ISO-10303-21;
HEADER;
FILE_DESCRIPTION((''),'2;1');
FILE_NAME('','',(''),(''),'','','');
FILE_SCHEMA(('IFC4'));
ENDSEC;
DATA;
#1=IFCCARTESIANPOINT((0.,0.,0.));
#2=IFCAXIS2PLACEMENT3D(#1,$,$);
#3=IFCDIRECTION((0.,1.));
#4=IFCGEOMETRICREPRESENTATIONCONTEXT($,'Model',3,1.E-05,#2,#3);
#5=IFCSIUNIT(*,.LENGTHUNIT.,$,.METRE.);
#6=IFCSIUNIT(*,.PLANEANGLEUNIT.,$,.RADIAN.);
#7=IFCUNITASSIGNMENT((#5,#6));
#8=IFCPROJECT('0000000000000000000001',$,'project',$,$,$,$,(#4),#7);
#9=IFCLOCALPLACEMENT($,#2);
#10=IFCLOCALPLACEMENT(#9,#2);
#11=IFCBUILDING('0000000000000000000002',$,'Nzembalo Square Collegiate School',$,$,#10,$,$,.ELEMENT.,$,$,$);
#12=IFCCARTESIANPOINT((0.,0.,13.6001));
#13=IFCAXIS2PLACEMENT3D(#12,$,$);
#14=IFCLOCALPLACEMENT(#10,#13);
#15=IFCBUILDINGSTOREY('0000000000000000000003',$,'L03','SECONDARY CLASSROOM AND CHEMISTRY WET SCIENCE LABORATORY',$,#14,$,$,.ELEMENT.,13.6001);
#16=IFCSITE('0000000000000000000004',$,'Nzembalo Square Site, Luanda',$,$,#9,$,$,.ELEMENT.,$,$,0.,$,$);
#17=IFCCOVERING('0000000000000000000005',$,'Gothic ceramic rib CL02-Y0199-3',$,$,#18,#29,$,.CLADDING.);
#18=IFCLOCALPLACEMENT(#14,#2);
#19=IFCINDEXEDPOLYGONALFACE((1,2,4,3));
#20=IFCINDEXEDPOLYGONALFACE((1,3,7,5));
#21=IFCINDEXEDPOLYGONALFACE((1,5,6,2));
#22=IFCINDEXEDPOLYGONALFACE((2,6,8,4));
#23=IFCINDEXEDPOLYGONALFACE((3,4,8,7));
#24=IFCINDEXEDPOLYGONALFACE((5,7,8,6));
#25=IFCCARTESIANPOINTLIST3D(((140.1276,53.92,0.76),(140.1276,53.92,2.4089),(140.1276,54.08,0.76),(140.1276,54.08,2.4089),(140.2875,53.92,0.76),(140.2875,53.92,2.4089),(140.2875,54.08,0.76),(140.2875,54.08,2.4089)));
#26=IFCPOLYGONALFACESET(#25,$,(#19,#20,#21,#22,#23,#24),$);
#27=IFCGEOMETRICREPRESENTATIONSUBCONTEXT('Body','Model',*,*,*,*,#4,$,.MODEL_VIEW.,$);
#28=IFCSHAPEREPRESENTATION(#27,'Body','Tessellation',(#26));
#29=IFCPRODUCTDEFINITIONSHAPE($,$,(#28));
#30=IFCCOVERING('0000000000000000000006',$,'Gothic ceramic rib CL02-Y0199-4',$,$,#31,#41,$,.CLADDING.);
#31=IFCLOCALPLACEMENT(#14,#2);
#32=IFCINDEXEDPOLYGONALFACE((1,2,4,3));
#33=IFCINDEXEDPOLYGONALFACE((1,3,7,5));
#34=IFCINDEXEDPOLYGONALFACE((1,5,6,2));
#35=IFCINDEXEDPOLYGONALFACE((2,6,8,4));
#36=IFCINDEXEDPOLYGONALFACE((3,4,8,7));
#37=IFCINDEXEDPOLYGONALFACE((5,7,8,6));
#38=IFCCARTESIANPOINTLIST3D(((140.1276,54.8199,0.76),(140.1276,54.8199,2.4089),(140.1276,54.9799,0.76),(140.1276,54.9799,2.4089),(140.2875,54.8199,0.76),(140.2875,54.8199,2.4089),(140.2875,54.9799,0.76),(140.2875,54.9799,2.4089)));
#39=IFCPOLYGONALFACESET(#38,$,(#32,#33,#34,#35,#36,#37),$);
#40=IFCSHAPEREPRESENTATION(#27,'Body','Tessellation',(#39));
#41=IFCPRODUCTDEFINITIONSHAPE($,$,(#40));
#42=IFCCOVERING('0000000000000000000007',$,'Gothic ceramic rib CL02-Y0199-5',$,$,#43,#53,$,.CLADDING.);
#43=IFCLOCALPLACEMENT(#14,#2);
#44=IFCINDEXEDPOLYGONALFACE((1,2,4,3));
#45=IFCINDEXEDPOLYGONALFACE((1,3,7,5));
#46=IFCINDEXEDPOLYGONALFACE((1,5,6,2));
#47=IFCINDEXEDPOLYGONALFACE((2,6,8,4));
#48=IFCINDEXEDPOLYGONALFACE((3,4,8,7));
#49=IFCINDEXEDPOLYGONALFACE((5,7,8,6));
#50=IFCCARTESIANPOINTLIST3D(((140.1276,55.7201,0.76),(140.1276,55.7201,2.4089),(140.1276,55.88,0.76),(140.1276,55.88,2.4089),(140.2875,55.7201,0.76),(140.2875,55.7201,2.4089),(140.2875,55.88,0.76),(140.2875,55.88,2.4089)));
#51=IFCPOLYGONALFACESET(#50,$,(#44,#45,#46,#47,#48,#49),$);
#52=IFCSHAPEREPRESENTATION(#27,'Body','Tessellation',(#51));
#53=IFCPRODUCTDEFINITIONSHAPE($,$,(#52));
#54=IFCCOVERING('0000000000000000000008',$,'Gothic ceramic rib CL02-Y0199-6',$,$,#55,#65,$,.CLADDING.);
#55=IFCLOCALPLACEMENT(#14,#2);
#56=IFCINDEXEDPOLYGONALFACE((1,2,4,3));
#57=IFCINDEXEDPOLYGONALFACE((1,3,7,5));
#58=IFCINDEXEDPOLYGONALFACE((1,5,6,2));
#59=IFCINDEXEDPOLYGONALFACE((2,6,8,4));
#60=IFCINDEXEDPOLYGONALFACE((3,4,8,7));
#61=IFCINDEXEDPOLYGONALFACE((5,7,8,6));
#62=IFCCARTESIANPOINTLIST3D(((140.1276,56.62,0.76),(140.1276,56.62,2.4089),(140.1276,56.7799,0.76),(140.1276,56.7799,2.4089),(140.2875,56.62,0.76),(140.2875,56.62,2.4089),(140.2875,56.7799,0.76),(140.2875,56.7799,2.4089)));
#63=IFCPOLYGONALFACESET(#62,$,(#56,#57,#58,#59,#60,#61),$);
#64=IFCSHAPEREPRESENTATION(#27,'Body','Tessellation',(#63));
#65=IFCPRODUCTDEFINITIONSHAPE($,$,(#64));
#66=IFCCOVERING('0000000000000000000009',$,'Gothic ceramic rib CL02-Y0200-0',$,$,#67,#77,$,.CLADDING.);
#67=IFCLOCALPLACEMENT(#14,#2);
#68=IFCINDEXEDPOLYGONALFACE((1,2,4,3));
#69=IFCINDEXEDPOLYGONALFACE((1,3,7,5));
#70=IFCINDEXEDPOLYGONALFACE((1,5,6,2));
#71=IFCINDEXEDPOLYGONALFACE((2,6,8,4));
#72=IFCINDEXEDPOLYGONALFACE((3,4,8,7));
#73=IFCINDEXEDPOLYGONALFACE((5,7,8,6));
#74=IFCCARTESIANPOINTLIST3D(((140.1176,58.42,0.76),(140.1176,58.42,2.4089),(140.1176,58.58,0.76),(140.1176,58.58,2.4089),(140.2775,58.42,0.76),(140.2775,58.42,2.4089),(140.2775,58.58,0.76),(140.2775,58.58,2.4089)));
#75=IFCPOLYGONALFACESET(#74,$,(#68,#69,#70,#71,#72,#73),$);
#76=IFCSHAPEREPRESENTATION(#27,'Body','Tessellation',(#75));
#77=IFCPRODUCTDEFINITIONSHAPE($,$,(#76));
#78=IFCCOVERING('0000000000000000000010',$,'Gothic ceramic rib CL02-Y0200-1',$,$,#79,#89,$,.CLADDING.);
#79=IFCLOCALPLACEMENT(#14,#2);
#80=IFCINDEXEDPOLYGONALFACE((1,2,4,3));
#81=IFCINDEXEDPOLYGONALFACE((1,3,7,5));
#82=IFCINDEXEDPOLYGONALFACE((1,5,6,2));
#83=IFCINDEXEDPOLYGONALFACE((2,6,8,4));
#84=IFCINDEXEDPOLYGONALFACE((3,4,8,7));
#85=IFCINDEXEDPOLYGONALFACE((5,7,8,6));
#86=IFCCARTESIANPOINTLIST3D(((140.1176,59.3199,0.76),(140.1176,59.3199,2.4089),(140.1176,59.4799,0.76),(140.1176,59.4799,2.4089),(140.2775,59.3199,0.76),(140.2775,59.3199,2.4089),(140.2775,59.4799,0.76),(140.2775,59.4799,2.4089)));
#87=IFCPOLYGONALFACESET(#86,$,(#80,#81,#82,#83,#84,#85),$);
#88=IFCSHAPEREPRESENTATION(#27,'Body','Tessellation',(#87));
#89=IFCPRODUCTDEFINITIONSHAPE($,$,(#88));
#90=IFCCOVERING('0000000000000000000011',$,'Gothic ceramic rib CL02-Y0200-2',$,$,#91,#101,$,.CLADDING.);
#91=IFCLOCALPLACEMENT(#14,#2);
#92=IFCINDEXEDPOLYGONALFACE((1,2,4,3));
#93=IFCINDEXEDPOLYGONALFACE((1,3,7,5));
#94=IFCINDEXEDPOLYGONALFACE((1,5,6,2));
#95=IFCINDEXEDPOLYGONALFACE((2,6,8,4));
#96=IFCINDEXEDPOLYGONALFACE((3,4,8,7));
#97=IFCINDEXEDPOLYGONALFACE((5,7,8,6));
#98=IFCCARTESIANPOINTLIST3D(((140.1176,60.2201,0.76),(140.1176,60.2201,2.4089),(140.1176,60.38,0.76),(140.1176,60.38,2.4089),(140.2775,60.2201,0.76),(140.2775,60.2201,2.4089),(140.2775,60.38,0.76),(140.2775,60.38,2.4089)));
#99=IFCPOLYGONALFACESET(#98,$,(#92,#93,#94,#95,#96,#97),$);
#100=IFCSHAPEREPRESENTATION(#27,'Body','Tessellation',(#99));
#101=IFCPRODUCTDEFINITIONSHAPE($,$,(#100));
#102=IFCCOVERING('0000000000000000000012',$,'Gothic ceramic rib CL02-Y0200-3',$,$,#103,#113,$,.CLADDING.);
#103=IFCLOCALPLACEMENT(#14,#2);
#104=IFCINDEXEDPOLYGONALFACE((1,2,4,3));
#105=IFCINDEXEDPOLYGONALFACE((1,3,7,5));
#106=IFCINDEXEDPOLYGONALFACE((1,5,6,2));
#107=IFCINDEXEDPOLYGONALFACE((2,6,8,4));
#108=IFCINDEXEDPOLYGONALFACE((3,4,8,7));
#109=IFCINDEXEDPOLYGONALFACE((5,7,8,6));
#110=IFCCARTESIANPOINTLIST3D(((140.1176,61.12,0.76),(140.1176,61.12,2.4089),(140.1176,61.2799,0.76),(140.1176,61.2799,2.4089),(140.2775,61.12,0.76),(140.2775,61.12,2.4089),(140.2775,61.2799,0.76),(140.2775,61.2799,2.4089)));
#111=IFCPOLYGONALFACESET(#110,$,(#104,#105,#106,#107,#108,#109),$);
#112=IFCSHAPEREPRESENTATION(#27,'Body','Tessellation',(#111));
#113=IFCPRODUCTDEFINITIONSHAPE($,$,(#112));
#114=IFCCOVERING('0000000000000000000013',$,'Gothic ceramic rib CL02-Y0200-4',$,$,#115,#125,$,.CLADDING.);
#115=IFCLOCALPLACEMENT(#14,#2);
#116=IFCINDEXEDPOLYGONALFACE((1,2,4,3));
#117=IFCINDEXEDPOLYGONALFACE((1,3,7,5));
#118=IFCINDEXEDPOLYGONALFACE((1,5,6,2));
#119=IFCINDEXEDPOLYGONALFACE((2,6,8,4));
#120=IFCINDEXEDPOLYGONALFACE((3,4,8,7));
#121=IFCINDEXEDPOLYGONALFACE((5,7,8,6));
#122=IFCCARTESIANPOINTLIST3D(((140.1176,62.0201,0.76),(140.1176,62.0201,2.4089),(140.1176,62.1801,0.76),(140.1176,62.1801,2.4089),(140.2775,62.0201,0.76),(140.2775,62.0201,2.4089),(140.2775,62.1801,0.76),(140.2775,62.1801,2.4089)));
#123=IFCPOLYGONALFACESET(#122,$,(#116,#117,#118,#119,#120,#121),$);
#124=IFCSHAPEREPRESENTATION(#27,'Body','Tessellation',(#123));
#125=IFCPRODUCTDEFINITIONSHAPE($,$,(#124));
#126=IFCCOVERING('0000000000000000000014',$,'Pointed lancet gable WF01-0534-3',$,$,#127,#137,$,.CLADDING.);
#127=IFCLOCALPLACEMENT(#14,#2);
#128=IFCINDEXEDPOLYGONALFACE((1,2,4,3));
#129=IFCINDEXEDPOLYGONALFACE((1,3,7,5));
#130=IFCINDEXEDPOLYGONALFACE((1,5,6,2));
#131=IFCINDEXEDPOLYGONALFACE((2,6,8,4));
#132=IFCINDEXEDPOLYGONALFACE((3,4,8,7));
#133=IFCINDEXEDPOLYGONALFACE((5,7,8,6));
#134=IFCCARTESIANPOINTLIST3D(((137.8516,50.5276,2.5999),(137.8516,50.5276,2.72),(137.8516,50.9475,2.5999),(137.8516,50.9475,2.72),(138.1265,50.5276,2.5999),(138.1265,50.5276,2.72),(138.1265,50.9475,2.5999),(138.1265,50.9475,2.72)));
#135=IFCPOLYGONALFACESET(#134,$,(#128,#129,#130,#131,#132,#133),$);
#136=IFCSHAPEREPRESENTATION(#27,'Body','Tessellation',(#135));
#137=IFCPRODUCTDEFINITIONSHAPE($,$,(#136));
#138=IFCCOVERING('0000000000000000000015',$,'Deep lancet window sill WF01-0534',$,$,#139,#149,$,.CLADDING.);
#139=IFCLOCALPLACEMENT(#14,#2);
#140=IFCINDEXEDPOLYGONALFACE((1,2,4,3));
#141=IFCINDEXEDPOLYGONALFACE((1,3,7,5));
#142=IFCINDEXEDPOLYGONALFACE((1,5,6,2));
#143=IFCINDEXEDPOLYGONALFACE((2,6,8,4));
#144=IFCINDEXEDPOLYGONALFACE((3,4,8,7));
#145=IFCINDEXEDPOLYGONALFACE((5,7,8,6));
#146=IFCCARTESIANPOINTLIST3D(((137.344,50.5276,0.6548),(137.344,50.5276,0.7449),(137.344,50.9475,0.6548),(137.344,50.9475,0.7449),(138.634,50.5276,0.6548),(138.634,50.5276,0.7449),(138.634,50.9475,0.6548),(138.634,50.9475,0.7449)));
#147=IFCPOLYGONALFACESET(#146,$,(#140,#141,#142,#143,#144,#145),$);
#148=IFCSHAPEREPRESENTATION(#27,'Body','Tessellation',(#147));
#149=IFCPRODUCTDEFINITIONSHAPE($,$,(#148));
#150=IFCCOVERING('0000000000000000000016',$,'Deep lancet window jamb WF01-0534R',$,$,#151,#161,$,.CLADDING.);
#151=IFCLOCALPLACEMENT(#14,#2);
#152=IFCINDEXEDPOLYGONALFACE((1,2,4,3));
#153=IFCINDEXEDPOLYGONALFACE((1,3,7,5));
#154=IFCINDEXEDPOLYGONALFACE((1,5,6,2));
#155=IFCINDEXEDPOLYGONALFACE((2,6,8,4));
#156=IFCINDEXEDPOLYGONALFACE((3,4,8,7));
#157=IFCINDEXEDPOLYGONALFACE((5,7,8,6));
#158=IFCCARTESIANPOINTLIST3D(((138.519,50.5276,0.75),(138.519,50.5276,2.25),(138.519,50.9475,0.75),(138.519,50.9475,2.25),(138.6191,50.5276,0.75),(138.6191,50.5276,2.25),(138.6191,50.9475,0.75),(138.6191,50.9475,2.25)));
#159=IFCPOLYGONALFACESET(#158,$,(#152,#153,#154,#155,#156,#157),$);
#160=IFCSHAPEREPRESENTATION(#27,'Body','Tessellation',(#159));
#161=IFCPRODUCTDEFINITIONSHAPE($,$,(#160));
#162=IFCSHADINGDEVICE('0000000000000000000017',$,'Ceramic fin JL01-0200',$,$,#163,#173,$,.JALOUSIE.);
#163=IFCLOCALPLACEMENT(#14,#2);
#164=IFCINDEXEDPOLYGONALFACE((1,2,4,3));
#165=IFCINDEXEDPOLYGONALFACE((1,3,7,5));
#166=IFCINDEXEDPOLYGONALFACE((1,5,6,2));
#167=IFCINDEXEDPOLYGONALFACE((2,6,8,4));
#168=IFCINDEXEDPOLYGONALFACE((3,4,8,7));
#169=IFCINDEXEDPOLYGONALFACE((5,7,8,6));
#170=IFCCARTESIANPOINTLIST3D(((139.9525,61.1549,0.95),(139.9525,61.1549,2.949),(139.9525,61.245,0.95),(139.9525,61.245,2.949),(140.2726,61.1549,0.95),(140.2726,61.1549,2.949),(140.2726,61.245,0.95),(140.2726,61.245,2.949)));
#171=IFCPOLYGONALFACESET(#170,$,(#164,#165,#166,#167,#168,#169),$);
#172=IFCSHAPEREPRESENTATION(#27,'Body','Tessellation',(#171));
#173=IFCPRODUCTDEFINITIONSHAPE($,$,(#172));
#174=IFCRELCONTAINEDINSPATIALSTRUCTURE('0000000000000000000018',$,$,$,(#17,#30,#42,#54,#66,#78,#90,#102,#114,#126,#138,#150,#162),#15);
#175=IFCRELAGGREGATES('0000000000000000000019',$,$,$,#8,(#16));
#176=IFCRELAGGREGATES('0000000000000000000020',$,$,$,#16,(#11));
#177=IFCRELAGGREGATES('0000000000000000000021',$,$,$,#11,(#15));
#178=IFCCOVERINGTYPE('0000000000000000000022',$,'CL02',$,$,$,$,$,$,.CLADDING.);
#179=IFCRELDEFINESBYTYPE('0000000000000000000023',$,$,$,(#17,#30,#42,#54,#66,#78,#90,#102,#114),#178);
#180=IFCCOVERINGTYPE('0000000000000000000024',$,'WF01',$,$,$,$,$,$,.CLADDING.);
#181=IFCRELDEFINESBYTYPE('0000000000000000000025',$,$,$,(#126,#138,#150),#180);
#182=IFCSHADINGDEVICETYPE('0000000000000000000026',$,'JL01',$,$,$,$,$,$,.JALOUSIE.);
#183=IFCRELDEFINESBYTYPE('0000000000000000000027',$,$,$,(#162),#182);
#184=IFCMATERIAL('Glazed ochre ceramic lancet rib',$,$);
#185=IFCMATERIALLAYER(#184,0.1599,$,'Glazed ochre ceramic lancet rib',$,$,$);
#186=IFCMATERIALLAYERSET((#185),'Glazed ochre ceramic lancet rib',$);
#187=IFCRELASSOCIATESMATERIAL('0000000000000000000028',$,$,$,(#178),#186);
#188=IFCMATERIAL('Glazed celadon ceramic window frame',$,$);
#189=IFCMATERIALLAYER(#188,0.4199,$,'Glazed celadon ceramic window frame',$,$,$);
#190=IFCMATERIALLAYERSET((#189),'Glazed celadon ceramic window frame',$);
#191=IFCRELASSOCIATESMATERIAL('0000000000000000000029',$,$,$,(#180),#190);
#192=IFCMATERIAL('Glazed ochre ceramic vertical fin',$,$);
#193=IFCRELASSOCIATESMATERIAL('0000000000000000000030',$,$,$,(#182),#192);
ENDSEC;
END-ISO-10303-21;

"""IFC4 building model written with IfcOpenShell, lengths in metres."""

from ifc_helpers import new_model, si_unit, direction, frame, origin, origin_2d, place, context, subcontext, project, spatial, rectangle, extrude, material, layer, layer_set, type_object, element, save


model = new_model("IFC4")

# Units and contexts
model_context = context("Model", 3, precision=1e-05, world=origin(), true_north=direction((0.0, 1.0)))
body_context = subcontext(model_context, "Body", "Model", "MODEL_VIEW")
ifc_project = project(units=[si_unit("LENGTHUNIT", "METRE"), si_unit("PLANEANGLEUNIT", "RADIAN")], contexts=[model_context])

# Site, building, storey
site_placement = place(None, origin())
site = spatial("IfcSite", under=ifc_project, at=site_placement, Name="Nzembalo Square Site, Luanda", CompositionType="ELEMENT", RefElevation=0.0)
building_placement = place(site_placement, origin())
building = spatial("IfcBuilding", under=site, at=building_placement, Name="Nzembalo Square Collegiate School", CompositionType="ELEMENT")
storey_placement = place(building_placement, frame((0.0, 0.0, 13.6001)))
storey = spatial("IfcBuildingStorey", under=building, at=storey_placement, Name="L03", Description="SECONDARY CLASSROOM AND CHEMISTRY WET SCIENCE LABORATORY", CompositionType="ELEMENT", Elevation=13.6001)

# Coverings
ifc_material_1 = material(Name="Glazed ochre ceramic lancet rib")
ifc_layer_1 = layer(ifc_material_1, 0.1599, Name="Glazed ochre ceramic lancet rib")
ifc_layer_set_1 = layer_set([ifc_layer_1], Name="Glazed ochre ceramic lancet rib")
covering_type_1 = type_object("IfcCoveringType", Name="CL02", PredefinedType="CLADDING", material=ifc_layer_set_1)
for number, where, z_axis, x_axis, name in (
    (1, (140.2075, 54.0, 0.76), (0.0, 0.0, 1.0), (1.0, 0.0, 0.0), "Gothic ceramic rib CL02-Y0199-3"),
    (2, (140.2075, 54.8999, 0.76), (0.0, 0.0, 1.0), (1.0, 0.0, 0.0), "Gothic ceramic rib CL02-Y0199-4"),
    (3, (140.2075, 55.8, 0.76), (0.0, 0.0, 1.0), (1.0, 0.0, 0.0), "Gothic ceramic rib CL02-Y0199-5"),
    (4, (140.2075, 56.7, 0.76), (0.0, 0.0, 1.0), (1.0, 0.0, 0.0), "Gothic ceramic rib CL02-Y0199-6"),
    (5, (140.1975, 58.5, 0.76), (0.0, 0.0, 1.0), (1.0, 0.0, 0.0), "Gothic ceramic rib CL02-Y0200-0"),
    (6, (140.1975, 59.3999, 0.76), (0.0, 0.0, 1.0), (1.0, 0.0, 0.0), "Gothic ceramic rib CL02-Y0200-1"),
    (7, (140.1975, 60.3, 0.76), (0.0, 0.0, 1.0), (1.0, 0.0, 0.0), "Gothic ceramic rib CL02-Y0200-2"),
    (8, (140.1975, 61.2, 0.76), (0.0, 0.0, 1.0), (1.0, 0.0, 0.0), "Gothic ceramic rib CL02-Y0200-3"),
    (9, (140.1975, 62.1001, 0.76), (0.0, 0.0, 1.0), (1.0, 0.0, 0.0), "Gothic ceramic rib CL02-Y0200-4"),
):
    element("IfcCovering", number, at=place(storey_placement, frame(where, z_axis=z_axis, x_axis=x_axis)), inside=storey, type_object=covering_type_1, Name=name, PredefinedType="CLADDING", context=body_context, shape_type="SweptSolid", body=[
        extrude(rectangle(XDim=0.1599, YDim=0.1599, at=origin_2d()), origin(), (0.0, 0.0, 1.0), 1.6489),
    ])
ifc_material_2 = material(Name="Glazed celadon ceramic window frame")
ifc_layer_2 = layer(ifc_material_2, 0.4199, Name="Glazed celadon ceramic window frame")
ifc_layer_set_2 = layer_set([ifc_layer_2], Name="Glazed celadon ceramic window frame")
covering_type_2 = type_object("IfcCoveringType", Name="WF01", PredefinedType="CLADDING", material=ifc_layer_set_2)
covering_1_placement = place(storey_placement, frame((137.989, 50.7375, 2.5999), z_axis=(0.0, 0.0, 1.0), x_axis=(1.0, 0.0, 0.0)))
element("IfcCovering", 10, at=covering_1_placement, inside=storey, type_object=covering_type_2, Name="Pointed lancet gable WF01-0534-3", PredefinedType="CLADDING", context=body_context, shape_type="SweptSolid", body=[
    extrude(rectangle(XDim=0.2749, YDim=0.4199, at=origin_2d()), origin(), (0.0, 0.0, 1.0), 0.1201),
])
covering_2_placement = place(storey_placement, frame((137.989, 50.7375, 0.6548), z_axis=(0.0, 0.0, 1.0), x_axis=(1.0, 0.0, 0.0)))
element("IfcCovering", 11, at=covering_2_placement, inside=storey, type_object=covering_type_2, Name="Deep lancet window sill WF01-0534", PredefinedType="CLADDING", context=body_context, shape_type="SweptSolid", body=[
    extrude(rectangle(XDim=1.29, YDim=0.4199, at=origin_2d()), origin(), (0.0, 0.0, 1.0), 0.0901),
])
covering_3_placement = place(storey_placement, frame((138.5691, 50.7375, 0.75), z_axis=(0.0, 0.0, 1.0), x_axis=(1.0, 0.0, 0.0)))
element("IfcCovering", 12, at=covering_3_placement, inside=storey, type_object=covering_type_2, Name="Deep lancet window jamb WF01-0534R", PredefinedType="CLADDING", context=body_context, shape_type="SweptSolid", body=[
    extrude(rectangle(XDim=0.1001, YDim=0.4199, at=origin_2d()), origin(), (0.0, 0.0, 1.0), 1.5),
])

# Shading device
ifc_material_3 = material(Name="Glazed ochre ceramic vertical fin")
shading_device_type = type_object("IfcShadingDeviceType", Name="JL01", PredefinedType="JALOUSIE", material=ifc_material_3)
shading_device_placement = place(storey_placement, frame((140.1125, 61.2, 0.95), z_axis=(0.0, 0.0, 1.0), x_axis=(1.0, 0.0, 0.0)))
element("IfcShadingDevice", 13, at=shading_device_placement, inside=storey, type_object=shading_device_type, Name="Ceramic fin JL01-0200", PredefinedType="JALOUSIE", context=body_context, shape_type="SweptSolid", body=[
    extrude(rectangle(XDim=0.3201, YDim=0.0901, at=origin_2d()), origin(), (0.0, 0.0, 1.0), 1.999),
])

save(model, "model.ifc")
